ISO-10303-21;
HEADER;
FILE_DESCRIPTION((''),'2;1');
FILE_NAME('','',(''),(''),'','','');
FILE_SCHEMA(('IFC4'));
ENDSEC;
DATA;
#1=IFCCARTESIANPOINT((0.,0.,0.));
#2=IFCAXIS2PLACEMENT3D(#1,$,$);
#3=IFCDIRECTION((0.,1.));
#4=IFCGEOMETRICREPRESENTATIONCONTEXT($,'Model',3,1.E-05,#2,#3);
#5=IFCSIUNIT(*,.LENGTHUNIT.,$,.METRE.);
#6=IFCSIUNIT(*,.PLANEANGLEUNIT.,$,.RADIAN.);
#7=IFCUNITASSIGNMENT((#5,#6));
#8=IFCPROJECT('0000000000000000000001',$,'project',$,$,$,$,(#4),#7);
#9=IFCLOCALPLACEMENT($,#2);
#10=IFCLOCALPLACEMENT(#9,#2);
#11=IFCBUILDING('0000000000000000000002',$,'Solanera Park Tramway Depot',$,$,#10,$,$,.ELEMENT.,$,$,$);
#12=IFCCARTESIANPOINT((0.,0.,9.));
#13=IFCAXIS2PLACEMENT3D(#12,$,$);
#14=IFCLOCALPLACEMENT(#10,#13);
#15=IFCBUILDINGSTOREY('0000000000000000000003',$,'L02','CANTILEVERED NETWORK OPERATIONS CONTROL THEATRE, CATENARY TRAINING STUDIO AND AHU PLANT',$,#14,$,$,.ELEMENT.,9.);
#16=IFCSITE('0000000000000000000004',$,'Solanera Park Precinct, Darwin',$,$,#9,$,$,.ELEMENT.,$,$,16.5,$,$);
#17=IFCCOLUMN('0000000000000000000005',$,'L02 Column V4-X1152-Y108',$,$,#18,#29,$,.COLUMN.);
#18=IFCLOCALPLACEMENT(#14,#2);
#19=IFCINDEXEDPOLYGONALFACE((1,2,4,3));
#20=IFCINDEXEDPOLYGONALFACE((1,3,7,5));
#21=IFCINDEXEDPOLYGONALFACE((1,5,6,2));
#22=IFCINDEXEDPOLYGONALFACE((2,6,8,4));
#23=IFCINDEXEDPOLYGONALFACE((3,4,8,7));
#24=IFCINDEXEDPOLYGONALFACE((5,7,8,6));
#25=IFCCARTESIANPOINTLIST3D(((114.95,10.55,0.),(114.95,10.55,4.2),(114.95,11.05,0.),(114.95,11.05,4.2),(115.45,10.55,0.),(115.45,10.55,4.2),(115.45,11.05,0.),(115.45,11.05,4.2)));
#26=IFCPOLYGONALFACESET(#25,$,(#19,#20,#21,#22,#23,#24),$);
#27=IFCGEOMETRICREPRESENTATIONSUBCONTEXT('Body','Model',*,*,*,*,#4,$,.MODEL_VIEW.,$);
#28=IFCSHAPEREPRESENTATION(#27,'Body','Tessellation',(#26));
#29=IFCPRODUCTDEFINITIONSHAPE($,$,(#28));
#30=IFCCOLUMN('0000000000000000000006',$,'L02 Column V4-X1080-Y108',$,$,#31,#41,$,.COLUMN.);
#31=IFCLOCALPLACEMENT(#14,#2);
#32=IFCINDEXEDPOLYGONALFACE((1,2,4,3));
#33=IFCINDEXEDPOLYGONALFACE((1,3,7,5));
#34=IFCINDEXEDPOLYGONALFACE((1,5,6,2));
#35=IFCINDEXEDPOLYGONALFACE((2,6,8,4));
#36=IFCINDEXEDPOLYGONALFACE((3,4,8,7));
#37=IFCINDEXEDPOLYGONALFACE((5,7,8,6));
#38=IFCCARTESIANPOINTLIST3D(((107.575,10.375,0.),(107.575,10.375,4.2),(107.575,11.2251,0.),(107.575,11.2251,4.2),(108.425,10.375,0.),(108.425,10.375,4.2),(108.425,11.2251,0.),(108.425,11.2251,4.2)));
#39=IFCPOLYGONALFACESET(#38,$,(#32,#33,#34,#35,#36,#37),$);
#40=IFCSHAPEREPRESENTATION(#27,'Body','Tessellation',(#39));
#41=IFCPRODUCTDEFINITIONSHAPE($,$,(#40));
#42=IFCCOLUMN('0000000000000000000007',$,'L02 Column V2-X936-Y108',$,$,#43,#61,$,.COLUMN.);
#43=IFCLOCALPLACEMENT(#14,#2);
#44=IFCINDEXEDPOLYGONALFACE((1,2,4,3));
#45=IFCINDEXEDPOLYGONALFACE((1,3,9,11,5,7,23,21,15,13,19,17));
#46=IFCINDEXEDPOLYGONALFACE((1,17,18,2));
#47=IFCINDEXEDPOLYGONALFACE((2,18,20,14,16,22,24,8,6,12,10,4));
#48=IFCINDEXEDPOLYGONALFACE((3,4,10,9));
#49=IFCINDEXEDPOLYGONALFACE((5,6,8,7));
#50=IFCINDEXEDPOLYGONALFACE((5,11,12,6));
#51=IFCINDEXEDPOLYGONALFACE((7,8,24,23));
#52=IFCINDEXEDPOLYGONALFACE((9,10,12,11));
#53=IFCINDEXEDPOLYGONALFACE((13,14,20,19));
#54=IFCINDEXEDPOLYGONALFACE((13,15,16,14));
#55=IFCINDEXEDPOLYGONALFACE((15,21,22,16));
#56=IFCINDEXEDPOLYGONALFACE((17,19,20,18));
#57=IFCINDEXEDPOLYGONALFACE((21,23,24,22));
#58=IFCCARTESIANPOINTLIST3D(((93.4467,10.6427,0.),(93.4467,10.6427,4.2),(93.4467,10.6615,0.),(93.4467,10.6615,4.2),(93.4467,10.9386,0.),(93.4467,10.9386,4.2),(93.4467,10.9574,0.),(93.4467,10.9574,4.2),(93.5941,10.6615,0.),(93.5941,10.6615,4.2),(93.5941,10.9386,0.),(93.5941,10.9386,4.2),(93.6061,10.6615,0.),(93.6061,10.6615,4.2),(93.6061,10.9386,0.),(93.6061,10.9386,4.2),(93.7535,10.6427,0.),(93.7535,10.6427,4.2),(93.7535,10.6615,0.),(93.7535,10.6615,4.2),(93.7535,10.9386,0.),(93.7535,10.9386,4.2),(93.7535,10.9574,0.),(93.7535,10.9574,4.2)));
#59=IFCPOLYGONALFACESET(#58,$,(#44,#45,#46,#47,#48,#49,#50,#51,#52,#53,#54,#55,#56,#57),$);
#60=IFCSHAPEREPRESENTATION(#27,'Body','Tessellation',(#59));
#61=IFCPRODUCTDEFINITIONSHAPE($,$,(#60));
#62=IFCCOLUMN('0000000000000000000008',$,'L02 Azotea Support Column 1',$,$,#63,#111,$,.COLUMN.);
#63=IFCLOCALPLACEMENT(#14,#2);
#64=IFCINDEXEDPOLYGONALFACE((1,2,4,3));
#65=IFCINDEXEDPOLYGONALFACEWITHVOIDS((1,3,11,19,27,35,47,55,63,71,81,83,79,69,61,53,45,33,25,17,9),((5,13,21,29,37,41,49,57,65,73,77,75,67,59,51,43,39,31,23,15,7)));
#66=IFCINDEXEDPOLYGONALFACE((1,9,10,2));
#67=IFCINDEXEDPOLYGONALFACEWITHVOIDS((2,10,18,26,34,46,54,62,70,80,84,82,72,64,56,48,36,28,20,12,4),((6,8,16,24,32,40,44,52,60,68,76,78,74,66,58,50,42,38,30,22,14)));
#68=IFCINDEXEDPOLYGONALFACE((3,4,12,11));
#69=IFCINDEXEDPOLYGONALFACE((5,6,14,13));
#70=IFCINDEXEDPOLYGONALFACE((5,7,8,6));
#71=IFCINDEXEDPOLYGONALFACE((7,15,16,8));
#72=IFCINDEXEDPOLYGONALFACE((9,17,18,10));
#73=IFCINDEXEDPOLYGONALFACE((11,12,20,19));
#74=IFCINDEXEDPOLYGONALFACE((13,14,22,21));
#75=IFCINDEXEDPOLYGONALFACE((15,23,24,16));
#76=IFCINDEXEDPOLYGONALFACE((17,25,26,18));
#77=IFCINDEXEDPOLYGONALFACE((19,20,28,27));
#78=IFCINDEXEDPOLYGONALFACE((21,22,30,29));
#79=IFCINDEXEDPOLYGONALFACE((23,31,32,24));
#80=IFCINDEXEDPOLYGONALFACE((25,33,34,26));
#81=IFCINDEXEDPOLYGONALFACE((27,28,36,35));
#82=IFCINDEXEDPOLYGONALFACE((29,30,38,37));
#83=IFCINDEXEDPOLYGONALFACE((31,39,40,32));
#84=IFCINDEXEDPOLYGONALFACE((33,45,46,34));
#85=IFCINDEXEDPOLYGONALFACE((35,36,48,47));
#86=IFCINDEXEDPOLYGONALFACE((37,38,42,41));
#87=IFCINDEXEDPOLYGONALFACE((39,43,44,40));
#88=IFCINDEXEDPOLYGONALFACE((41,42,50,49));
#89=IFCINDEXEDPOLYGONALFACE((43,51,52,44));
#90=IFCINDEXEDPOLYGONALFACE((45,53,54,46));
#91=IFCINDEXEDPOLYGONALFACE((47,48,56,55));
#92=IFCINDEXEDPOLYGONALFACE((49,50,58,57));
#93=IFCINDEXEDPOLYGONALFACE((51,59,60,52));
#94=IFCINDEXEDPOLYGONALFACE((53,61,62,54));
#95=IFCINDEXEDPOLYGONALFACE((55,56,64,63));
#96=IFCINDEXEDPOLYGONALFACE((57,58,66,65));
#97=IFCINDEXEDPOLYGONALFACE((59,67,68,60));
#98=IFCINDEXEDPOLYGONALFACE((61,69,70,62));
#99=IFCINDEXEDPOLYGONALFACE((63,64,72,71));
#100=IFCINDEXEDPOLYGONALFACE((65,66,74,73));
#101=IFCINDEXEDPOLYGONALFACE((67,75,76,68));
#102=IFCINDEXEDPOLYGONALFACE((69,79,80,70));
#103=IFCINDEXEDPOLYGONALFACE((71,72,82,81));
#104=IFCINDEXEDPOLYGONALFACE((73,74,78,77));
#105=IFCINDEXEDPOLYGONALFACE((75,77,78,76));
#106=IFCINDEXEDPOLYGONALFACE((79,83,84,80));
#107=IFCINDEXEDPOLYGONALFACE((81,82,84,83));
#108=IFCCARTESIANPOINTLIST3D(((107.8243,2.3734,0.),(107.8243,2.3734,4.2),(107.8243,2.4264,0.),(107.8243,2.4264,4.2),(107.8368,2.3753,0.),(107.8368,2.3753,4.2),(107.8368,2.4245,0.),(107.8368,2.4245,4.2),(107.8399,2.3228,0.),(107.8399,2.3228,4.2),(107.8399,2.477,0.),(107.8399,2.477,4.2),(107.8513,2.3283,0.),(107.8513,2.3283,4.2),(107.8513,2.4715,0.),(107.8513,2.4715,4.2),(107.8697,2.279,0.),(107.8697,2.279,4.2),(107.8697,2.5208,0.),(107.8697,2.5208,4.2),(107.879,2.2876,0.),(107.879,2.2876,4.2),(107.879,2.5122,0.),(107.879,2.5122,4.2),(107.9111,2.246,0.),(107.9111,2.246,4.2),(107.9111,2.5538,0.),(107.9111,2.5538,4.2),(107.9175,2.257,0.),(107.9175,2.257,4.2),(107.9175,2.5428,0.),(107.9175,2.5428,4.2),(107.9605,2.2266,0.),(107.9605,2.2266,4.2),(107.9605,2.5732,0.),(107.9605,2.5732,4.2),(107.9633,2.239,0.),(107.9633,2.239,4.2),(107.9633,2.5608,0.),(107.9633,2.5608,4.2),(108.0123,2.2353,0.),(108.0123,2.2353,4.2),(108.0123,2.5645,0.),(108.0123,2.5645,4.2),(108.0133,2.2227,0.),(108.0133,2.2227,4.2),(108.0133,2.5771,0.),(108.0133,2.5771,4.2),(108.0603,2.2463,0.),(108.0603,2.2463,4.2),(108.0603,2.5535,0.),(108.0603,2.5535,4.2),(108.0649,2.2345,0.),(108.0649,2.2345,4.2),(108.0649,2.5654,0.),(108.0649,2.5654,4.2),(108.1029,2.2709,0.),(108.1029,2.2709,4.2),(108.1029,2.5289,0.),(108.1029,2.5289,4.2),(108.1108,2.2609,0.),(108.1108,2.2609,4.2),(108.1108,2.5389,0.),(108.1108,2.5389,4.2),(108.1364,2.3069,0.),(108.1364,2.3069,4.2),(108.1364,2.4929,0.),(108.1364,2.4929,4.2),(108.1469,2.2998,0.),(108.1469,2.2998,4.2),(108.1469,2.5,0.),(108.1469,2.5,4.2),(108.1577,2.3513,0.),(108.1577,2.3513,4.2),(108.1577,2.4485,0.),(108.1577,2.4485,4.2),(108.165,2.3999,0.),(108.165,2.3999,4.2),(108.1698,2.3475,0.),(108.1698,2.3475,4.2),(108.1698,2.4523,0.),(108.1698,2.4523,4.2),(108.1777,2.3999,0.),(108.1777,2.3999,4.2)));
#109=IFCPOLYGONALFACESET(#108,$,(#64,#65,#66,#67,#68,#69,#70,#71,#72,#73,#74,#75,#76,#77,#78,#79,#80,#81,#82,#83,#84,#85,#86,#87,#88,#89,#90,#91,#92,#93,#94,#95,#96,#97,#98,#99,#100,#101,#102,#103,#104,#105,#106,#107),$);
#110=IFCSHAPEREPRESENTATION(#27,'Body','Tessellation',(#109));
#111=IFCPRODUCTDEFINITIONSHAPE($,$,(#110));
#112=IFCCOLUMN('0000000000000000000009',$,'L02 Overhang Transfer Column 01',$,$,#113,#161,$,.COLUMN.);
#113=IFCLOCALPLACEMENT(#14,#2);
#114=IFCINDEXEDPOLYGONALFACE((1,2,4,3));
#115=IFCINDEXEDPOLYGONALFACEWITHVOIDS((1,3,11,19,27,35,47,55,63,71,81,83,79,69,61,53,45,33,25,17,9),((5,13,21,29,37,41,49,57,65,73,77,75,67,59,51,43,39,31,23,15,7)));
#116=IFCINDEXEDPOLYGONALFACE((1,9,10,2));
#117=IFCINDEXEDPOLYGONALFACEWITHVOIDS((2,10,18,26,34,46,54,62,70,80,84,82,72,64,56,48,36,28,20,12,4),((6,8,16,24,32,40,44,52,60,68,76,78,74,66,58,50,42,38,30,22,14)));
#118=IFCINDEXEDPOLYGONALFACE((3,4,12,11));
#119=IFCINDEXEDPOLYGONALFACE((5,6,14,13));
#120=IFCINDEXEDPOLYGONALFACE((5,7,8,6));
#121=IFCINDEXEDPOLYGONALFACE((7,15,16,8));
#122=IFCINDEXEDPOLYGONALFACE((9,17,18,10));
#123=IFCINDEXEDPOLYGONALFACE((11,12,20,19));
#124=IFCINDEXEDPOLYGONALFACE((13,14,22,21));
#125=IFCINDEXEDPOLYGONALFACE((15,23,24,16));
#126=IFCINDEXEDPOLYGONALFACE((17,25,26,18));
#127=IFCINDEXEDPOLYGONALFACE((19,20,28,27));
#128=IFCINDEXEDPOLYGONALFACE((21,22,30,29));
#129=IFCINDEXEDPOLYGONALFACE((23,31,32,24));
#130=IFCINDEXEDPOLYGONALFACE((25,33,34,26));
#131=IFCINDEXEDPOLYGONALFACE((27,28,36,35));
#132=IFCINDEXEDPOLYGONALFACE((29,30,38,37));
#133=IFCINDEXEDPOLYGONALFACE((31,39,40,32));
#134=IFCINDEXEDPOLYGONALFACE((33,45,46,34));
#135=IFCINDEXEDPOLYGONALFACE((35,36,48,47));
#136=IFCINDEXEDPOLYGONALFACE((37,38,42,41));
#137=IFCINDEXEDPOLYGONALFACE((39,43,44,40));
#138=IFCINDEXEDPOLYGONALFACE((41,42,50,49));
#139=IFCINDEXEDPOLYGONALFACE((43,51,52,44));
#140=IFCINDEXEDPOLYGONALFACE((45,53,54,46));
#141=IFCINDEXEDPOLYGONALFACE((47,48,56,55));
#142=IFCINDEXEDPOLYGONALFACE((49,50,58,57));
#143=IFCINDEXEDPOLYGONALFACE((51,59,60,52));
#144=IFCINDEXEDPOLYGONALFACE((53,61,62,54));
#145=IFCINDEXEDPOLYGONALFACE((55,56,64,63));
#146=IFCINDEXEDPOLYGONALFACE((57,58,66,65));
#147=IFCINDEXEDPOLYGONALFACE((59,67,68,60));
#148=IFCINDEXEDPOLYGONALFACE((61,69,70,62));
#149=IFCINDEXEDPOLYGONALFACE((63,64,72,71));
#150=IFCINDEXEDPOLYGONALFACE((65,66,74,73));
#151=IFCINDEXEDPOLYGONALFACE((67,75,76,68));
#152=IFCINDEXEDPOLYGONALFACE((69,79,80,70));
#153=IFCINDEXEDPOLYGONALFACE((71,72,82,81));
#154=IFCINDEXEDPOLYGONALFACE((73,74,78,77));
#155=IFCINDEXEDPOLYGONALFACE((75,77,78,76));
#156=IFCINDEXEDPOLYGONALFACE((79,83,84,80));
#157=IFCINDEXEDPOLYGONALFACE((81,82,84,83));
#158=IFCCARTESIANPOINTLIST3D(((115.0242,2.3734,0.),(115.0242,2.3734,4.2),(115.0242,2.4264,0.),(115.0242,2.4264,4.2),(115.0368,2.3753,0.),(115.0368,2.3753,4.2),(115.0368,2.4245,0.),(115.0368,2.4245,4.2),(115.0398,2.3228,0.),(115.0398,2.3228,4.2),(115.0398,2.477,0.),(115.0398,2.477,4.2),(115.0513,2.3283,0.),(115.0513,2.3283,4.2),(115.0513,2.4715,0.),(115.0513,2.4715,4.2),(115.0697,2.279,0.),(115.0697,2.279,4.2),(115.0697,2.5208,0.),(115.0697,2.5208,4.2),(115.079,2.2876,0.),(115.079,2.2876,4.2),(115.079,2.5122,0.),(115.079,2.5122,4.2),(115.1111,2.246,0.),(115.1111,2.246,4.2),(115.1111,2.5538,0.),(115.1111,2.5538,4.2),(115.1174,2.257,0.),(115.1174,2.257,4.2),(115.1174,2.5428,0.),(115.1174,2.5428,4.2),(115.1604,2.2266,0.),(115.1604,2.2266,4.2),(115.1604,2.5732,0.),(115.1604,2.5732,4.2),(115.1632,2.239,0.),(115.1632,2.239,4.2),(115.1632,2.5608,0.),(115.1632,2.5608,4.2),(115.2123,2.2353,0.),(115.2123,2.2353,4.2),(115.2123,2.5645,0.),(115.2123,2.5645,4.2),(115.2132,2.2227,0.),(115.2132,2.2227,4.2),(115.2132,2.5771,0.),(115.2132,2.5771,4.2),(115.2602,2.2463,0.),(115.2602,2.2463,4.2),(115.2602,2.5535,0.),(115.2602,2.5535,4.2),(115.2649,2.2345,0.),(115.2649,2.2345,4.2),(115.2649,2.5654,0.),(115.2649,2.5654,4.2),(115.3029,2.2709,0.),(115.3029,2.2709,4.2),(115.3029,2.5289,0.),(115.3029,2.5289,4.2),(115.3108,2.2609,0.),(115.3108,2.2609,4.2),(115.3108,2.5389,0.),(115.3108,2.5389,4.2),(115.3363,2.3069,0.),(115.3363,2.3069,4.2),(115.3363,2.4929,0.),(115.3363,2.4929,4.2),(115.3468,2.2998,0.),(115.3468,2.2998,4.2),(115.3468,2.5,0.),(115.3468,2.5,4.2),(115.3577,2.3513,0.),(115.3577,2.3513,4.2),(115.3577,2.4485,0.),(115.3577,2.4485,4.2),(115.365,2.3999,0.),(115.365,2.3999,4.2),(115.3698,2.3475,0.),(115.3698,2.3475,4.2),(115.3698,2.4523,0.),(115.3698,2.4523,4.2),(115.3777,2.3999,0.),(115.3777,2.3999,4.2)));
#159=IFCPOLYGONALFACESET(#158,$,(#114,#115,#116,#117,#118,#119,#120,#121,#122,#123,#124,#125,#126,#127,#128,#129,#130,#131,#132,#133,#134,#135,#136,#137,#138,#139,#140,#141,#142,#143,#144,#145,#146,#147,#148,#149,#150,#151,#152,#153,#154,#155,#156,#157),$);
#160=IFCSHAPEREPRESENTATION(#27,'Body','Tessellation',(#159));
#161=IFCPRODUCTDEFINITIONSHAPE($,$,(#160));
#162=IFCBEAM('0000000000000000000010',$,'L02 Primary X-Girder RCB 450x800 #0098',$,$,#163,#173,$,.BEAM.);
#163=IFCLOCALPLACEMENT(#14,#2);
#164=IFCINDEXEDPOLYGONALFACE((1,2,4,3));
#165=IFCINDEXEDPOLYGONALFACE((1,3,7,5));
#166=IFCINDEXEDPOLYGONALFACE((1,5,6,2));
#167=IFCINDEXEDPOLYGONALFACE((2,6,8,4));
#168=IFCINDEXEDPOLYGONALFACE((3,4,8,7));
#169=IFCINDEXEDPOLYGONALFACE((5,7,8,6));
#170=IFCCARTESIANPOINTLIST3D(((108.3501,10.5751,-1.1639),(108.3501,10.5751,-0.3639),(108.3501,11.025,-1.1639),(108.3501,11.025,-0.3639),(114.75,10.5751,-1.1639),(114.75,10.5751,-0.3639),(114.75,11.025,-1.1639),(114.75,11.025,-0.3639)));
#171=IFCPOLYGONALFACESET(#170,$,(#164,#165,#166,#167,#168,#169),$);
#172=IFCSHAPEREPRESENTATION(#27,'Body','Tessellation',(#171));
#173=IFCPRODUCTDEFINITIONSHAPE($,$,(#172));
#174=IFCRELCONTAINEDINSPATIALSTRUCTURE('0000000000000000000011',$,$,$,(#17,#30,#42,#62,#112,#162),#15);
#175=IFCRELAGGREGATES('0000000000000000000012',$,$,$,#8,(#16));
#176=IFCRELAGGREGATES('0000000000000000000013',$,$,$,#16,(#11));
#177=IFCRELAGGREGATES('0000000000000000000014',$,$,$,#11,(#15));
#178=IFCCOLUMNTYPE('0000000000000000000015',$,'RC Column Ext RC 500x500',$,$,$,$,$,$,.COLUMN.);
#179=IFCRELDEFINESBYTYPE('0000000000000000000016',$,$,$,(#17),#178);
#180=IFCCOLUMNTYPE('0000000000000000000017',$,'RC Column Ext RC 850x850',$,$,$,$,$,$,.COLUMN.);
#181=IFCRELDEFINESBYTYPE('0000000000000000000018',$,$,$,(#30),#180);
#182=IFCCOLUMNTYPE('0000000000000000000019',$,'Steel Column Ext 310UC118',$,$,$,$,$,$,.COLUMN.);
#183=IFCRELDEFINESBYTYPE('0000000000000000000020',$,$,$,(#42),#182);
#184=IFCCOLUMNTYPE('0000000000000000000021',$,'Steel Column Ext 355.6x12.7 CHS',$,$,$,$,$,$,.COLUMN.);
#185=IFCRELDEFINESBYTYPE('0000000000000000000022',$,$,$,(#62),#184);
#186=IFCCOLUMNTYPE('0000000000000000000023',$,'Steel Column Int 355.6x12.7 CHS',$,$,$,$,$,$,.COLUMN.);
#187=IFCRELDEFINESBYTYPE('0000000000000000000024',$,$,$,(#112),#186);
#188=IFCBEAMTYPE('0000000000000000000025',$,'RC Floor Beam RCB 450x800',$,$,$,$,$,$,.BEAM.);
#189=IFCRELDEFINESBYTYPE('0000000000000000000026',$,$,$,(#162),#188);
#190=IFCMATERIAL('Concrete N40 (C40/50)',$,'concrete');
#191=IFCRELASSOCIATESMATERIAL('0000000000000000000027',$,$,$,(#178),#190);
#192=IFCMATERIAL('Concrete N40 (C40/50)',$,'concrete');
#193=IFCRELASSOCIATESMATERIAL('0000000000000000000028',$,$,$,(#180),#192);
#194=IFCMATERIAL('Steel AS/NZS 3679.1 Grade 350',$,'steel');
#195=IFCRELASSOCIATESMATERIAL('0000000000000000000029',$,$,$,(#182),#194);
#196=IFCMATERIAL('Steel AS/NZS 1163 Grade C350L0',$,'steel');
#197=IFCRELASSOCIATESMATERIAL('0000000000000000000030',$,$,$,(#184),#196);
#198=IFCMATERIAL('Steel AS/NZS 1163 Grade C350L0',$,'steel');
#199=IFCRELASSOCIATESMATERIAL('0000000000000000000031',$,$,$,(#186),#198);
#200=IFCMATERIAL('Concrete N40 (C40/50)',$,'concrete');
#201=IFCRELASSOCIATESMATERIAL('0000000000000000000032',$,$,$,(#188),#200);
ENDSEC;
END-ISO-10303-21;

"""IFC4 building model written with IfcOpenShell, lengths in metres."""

from ifc_helpers import new_model, si_unit, direction, frame, origin, origin_2d, place, context, subcontext, project, spatial, rectangle, hollow_circle, i_section, extrude, material, material_profile, profile_set, type_object, element, save


model = new_model("IFC4")

# Units and contexts
model_context = context("Model", 3, precision=1e-05, world=origin(), true_north=direction((0.0, 1.0)))
body_context = subcontext(model_context, "Body", "Model", "MODEL_VIEW")
ifc_project = project(units=[si_unit("LENGTHUNIT", "METRE"), si_unit("PLANEANGLEUNIT", "RADIAN")], contexts=[model_context])

# Site, building, storey
site_placement = place(None, origin())
site = spatial("IfcSite", under=ifc_project, at=site_placement, Name="Solanera Park Precinct, Darwin", CompositionType="ELEMENT", RefElevation=16.5)
building_placement = place(site_placement, origin())
building = spatial("IfcBuilding", under=site, at=building_placement, Name="Solanera Park Tramway Depot", CompositionType="ELEMENT")
storey_placement = place(building_placement, frame((0.0, 0.0, 9.0)))
storey = spatial("IfcBuildingStorey", under=building, at=storey_placement, Name="L02", Description="CANTILEVERED NETWORK OPERATIONS CONTROL THEATRE, CATENARY TRAINING STUDIO AND AHU PLANT", CompositionType="ELEMENT", Elevation=9.0)

# Columns
ifc_material_1 = material(Name="Concrete N40 (C40/50)", Category="concrete")
ifc_material_profile_1 = material_profile(ifc_material_1, rectangle(XDim=0.5, YDim=0.5, at=origin_2d()), Name="RC 500x500")
ifc_profile_set_1 = profile_set([ifc_material_profile_1], Name="Concrete N40 (C40/50)")
column_type_1 = type_object("IfcColumnType", Name="RC Column Ext RC 500x500", PredefinedType="COLUMN", material=ifc_profile_set_1)
column_1_placement = place(storey_placement, frame((115.2, 10.8, 0.0), z_axis=(0.0, 0.0, 1.0), x_axis=(1.0, 0.0, 0.0)))
element("IfcColumn", 1, at=column_1_placement, inside=storey, type_object=column_type_1, Name="L02 Column V4-X1152-Y108", PredefinedType="COLUMN", context=body_context, shape_type="SweptSolid", body=[
    extrude(rectangle(XDim=0.5, YDim=0.5, at=origin_2d()), origin(), (0.0, 0.0, 1.0), 4.2),
])
ifc_material_2 = material(Name="Concrete N40 (C40/50)", Category="concrete")
ifc_material_profile_2 = material_profile(ifc_material_2, rectangle(XDim=0.8501, YDim=0.8501, at=origin_2d()), Name="RC 850x850")
ifc_profile_set_2 = profile_set([ifc_material_profile_2], Name="Concrete N40 (C40/50)")
column_type_2 = type_object("IfcColumnType", Name="RC Column Ext RC 850x850", PredefinedType="COLUMN", material=ifc_profile_set_2)
column_2_placement = place(storey_placement, frame((108.0, 10.8, 0.0), z_axis=(0.0, 0.0, 1.0), x_axis=(1.0, 0.0, 0.0)))
element("IfcColumn", 2, at=column_2_placement, inside=storey, type_object=column_type_2, Name="L02 Column V4-X1080-Y108", PredefinedType="COLUMN", context=body_context, shape_type="SweptSolid", body=[
    extrude(rectangle(XDim=0.8501, YDim=0.8501, at=origin_2d()), origin(), (0.0, 0.0, 1.0), 4.2),
])
ifc_material_3 = material(Name="Steel AS/NZS 3679.1 Grade 350", Category="steel")
ifc_material_profile_3 = material_profile(ifc_material_3, i_section(OverallWidth=0.3069, OverallDepth=0.3147, WebThickness=0.012, FlangeThickness=0.0188, at=origin_2d()), Name="310UC118")
ifc_profile_set_3 = profile_set([ifc_material_profile_3], Name="Steel AS/NZS 3679.1 Grade 350")
column_type_3 = type_object("IfcColumnType", Name="Steel Column Ext 310UC118", PredefinedType="COLUMN", material=ifc_profile_set_3)
column_3_placement = place(storey_placement, frame((93.6001, 10.8, 0.0), z_axis=(0.0, 0.0, 1.0), x_axis=(1.0, 0.0, 0.0)))
element("IfcColumn", 3, at=column_3_placement, inside=storey, type_object=column_type_3, Name="L02 Column V2-X936-Y108", PredefinedType="COLUMN", context=body_context, shape_type="SweptSolid", body=[
    extrude(i_section(OverallWidth=0.3069, OverallDepth=0.3147, WebThickness=0.012, FlangeThickness=0.0188, at=origin_2d()), origin(), (0.0, 0.0, 1.0), 4.2),
])
ifc_material_4 = material(Name="Steel AS/NZS 1163 Grade C350L0", Category="steel")
ifc_material_profile_4 = material_profile(ifc_material_4, hollow_circle(Radius=0.1777, WallThickness=0.0127, at=origin_2d()), Name="355.6x12.7 CHS")
ifc_profile_set_4 = profile_set([ifc_material_profile_4], Name="Steel AS/NZS 1163 Grade C350L0")
column_type_4 = type_object("IfcColumnType", Name="Steel Column Ext 355.6x12.7 CHS", PredefinedType="COLUMN", material=ifc_profile_set_4)
column_4_placement = place(storey_placement, frame((108.0, 2.3999, 0.0), z_axis=(0.0, 0.0, 1.0), x_axis=(1.0, 0.0, 0.0)))
element("IfcColumn", 4, at=column_4_placement, inside=storey, type_object=column_type_4, Name="L02 Azotea Support Column 1", PredefinedType="COLUMN", context=body_context, shape_type="SweptSolid", body=[
    extrude(hollow_circle(Radius=0.1777, WallThickness=0.0127, at=origin_2d()), origin(), (0.0, 0.0, 1.0), 4.2),
])
ifc_material_5 = material(Name="Steel AS/NZS 1163 Grade C350L0", Category="steel")
ifc_material_profile_5 = material_profile(ifc_material_5, hollow_circle(Radius=0.1777, WallThickness=0.0127, at=origin_2d()), Name="355.6x12.7 CHS")
ifc_profile_set_5 = profile_set([ifc_material_profile_5], Name="Steel AS/NZS 1163 Grade C350L0")
column_type_5 = type_object("IfcColumnType", Name="Steel Column Int 355.6x12.7 CHS", PredefinedType="COLUMN", material=ifc_profile_set_5)
column_5_placement = place(storey_placement, frame((115.2, 2.3999, 0.0), z_axis=(0.0, 0.0, 1.0), x_axis=(1.0, 0.0, 0.0)))
element("IfcColumn", 5, at=column_5_placement, inside=storey, type_object=column_type_5, Name="L02 Overhang Transfer Column 01", PredefinedType="COLUMN", context=body_context, shape_type="SweptSolid", body=[
    extrude(hollow_circle(Radius=0.1777, WallThickness=0.0127, at=origin_2d()), origin(), (0.0, 0.0, 1.0), 4.2),
])

# Beam
ifc_material_6 = material(Name="Concrete N40 (C40/50)", Category="concrete")
ifc_material_profile_6 = material_profile(ifc_material_6, rectangle(XDim=0.45, YDim=0.8, at=origin_2d()), Name="RCB 450x800")
ifc_profile_set_6 = profile_set([ifc_material_profile_6], Name="Concrete N40 (C40/50)")
beam_type_1 = type_object("IfcBeamType", Name="RC Floor Beam RCB 450x800", PredefinedType="BEAM", material=ifc_profile_set_6)
beam_1_placement = place(storey_placement, frame((108.3501, 10.8, -0.7639), z_axis=(1.0, 0.0, 0.0), x_axis=(0.0, 1.0, 0.0)))
element("IfcBeam", 6, at=beam_1_placement, inside=storey, type_object=beam_type_1, Name="L02 Primary X-Girder RCB 450x800 #0098", PredefinedType="BEAM", context=body_context, shape_type="SweptSolid", body=[
    extrude(rectangle(XDim=0.45, YDim=0.8, at=origin_2d()), origin(), (0.0, 0.0, 1.0), 6.3999),
])

save(model, "model.ifc")
